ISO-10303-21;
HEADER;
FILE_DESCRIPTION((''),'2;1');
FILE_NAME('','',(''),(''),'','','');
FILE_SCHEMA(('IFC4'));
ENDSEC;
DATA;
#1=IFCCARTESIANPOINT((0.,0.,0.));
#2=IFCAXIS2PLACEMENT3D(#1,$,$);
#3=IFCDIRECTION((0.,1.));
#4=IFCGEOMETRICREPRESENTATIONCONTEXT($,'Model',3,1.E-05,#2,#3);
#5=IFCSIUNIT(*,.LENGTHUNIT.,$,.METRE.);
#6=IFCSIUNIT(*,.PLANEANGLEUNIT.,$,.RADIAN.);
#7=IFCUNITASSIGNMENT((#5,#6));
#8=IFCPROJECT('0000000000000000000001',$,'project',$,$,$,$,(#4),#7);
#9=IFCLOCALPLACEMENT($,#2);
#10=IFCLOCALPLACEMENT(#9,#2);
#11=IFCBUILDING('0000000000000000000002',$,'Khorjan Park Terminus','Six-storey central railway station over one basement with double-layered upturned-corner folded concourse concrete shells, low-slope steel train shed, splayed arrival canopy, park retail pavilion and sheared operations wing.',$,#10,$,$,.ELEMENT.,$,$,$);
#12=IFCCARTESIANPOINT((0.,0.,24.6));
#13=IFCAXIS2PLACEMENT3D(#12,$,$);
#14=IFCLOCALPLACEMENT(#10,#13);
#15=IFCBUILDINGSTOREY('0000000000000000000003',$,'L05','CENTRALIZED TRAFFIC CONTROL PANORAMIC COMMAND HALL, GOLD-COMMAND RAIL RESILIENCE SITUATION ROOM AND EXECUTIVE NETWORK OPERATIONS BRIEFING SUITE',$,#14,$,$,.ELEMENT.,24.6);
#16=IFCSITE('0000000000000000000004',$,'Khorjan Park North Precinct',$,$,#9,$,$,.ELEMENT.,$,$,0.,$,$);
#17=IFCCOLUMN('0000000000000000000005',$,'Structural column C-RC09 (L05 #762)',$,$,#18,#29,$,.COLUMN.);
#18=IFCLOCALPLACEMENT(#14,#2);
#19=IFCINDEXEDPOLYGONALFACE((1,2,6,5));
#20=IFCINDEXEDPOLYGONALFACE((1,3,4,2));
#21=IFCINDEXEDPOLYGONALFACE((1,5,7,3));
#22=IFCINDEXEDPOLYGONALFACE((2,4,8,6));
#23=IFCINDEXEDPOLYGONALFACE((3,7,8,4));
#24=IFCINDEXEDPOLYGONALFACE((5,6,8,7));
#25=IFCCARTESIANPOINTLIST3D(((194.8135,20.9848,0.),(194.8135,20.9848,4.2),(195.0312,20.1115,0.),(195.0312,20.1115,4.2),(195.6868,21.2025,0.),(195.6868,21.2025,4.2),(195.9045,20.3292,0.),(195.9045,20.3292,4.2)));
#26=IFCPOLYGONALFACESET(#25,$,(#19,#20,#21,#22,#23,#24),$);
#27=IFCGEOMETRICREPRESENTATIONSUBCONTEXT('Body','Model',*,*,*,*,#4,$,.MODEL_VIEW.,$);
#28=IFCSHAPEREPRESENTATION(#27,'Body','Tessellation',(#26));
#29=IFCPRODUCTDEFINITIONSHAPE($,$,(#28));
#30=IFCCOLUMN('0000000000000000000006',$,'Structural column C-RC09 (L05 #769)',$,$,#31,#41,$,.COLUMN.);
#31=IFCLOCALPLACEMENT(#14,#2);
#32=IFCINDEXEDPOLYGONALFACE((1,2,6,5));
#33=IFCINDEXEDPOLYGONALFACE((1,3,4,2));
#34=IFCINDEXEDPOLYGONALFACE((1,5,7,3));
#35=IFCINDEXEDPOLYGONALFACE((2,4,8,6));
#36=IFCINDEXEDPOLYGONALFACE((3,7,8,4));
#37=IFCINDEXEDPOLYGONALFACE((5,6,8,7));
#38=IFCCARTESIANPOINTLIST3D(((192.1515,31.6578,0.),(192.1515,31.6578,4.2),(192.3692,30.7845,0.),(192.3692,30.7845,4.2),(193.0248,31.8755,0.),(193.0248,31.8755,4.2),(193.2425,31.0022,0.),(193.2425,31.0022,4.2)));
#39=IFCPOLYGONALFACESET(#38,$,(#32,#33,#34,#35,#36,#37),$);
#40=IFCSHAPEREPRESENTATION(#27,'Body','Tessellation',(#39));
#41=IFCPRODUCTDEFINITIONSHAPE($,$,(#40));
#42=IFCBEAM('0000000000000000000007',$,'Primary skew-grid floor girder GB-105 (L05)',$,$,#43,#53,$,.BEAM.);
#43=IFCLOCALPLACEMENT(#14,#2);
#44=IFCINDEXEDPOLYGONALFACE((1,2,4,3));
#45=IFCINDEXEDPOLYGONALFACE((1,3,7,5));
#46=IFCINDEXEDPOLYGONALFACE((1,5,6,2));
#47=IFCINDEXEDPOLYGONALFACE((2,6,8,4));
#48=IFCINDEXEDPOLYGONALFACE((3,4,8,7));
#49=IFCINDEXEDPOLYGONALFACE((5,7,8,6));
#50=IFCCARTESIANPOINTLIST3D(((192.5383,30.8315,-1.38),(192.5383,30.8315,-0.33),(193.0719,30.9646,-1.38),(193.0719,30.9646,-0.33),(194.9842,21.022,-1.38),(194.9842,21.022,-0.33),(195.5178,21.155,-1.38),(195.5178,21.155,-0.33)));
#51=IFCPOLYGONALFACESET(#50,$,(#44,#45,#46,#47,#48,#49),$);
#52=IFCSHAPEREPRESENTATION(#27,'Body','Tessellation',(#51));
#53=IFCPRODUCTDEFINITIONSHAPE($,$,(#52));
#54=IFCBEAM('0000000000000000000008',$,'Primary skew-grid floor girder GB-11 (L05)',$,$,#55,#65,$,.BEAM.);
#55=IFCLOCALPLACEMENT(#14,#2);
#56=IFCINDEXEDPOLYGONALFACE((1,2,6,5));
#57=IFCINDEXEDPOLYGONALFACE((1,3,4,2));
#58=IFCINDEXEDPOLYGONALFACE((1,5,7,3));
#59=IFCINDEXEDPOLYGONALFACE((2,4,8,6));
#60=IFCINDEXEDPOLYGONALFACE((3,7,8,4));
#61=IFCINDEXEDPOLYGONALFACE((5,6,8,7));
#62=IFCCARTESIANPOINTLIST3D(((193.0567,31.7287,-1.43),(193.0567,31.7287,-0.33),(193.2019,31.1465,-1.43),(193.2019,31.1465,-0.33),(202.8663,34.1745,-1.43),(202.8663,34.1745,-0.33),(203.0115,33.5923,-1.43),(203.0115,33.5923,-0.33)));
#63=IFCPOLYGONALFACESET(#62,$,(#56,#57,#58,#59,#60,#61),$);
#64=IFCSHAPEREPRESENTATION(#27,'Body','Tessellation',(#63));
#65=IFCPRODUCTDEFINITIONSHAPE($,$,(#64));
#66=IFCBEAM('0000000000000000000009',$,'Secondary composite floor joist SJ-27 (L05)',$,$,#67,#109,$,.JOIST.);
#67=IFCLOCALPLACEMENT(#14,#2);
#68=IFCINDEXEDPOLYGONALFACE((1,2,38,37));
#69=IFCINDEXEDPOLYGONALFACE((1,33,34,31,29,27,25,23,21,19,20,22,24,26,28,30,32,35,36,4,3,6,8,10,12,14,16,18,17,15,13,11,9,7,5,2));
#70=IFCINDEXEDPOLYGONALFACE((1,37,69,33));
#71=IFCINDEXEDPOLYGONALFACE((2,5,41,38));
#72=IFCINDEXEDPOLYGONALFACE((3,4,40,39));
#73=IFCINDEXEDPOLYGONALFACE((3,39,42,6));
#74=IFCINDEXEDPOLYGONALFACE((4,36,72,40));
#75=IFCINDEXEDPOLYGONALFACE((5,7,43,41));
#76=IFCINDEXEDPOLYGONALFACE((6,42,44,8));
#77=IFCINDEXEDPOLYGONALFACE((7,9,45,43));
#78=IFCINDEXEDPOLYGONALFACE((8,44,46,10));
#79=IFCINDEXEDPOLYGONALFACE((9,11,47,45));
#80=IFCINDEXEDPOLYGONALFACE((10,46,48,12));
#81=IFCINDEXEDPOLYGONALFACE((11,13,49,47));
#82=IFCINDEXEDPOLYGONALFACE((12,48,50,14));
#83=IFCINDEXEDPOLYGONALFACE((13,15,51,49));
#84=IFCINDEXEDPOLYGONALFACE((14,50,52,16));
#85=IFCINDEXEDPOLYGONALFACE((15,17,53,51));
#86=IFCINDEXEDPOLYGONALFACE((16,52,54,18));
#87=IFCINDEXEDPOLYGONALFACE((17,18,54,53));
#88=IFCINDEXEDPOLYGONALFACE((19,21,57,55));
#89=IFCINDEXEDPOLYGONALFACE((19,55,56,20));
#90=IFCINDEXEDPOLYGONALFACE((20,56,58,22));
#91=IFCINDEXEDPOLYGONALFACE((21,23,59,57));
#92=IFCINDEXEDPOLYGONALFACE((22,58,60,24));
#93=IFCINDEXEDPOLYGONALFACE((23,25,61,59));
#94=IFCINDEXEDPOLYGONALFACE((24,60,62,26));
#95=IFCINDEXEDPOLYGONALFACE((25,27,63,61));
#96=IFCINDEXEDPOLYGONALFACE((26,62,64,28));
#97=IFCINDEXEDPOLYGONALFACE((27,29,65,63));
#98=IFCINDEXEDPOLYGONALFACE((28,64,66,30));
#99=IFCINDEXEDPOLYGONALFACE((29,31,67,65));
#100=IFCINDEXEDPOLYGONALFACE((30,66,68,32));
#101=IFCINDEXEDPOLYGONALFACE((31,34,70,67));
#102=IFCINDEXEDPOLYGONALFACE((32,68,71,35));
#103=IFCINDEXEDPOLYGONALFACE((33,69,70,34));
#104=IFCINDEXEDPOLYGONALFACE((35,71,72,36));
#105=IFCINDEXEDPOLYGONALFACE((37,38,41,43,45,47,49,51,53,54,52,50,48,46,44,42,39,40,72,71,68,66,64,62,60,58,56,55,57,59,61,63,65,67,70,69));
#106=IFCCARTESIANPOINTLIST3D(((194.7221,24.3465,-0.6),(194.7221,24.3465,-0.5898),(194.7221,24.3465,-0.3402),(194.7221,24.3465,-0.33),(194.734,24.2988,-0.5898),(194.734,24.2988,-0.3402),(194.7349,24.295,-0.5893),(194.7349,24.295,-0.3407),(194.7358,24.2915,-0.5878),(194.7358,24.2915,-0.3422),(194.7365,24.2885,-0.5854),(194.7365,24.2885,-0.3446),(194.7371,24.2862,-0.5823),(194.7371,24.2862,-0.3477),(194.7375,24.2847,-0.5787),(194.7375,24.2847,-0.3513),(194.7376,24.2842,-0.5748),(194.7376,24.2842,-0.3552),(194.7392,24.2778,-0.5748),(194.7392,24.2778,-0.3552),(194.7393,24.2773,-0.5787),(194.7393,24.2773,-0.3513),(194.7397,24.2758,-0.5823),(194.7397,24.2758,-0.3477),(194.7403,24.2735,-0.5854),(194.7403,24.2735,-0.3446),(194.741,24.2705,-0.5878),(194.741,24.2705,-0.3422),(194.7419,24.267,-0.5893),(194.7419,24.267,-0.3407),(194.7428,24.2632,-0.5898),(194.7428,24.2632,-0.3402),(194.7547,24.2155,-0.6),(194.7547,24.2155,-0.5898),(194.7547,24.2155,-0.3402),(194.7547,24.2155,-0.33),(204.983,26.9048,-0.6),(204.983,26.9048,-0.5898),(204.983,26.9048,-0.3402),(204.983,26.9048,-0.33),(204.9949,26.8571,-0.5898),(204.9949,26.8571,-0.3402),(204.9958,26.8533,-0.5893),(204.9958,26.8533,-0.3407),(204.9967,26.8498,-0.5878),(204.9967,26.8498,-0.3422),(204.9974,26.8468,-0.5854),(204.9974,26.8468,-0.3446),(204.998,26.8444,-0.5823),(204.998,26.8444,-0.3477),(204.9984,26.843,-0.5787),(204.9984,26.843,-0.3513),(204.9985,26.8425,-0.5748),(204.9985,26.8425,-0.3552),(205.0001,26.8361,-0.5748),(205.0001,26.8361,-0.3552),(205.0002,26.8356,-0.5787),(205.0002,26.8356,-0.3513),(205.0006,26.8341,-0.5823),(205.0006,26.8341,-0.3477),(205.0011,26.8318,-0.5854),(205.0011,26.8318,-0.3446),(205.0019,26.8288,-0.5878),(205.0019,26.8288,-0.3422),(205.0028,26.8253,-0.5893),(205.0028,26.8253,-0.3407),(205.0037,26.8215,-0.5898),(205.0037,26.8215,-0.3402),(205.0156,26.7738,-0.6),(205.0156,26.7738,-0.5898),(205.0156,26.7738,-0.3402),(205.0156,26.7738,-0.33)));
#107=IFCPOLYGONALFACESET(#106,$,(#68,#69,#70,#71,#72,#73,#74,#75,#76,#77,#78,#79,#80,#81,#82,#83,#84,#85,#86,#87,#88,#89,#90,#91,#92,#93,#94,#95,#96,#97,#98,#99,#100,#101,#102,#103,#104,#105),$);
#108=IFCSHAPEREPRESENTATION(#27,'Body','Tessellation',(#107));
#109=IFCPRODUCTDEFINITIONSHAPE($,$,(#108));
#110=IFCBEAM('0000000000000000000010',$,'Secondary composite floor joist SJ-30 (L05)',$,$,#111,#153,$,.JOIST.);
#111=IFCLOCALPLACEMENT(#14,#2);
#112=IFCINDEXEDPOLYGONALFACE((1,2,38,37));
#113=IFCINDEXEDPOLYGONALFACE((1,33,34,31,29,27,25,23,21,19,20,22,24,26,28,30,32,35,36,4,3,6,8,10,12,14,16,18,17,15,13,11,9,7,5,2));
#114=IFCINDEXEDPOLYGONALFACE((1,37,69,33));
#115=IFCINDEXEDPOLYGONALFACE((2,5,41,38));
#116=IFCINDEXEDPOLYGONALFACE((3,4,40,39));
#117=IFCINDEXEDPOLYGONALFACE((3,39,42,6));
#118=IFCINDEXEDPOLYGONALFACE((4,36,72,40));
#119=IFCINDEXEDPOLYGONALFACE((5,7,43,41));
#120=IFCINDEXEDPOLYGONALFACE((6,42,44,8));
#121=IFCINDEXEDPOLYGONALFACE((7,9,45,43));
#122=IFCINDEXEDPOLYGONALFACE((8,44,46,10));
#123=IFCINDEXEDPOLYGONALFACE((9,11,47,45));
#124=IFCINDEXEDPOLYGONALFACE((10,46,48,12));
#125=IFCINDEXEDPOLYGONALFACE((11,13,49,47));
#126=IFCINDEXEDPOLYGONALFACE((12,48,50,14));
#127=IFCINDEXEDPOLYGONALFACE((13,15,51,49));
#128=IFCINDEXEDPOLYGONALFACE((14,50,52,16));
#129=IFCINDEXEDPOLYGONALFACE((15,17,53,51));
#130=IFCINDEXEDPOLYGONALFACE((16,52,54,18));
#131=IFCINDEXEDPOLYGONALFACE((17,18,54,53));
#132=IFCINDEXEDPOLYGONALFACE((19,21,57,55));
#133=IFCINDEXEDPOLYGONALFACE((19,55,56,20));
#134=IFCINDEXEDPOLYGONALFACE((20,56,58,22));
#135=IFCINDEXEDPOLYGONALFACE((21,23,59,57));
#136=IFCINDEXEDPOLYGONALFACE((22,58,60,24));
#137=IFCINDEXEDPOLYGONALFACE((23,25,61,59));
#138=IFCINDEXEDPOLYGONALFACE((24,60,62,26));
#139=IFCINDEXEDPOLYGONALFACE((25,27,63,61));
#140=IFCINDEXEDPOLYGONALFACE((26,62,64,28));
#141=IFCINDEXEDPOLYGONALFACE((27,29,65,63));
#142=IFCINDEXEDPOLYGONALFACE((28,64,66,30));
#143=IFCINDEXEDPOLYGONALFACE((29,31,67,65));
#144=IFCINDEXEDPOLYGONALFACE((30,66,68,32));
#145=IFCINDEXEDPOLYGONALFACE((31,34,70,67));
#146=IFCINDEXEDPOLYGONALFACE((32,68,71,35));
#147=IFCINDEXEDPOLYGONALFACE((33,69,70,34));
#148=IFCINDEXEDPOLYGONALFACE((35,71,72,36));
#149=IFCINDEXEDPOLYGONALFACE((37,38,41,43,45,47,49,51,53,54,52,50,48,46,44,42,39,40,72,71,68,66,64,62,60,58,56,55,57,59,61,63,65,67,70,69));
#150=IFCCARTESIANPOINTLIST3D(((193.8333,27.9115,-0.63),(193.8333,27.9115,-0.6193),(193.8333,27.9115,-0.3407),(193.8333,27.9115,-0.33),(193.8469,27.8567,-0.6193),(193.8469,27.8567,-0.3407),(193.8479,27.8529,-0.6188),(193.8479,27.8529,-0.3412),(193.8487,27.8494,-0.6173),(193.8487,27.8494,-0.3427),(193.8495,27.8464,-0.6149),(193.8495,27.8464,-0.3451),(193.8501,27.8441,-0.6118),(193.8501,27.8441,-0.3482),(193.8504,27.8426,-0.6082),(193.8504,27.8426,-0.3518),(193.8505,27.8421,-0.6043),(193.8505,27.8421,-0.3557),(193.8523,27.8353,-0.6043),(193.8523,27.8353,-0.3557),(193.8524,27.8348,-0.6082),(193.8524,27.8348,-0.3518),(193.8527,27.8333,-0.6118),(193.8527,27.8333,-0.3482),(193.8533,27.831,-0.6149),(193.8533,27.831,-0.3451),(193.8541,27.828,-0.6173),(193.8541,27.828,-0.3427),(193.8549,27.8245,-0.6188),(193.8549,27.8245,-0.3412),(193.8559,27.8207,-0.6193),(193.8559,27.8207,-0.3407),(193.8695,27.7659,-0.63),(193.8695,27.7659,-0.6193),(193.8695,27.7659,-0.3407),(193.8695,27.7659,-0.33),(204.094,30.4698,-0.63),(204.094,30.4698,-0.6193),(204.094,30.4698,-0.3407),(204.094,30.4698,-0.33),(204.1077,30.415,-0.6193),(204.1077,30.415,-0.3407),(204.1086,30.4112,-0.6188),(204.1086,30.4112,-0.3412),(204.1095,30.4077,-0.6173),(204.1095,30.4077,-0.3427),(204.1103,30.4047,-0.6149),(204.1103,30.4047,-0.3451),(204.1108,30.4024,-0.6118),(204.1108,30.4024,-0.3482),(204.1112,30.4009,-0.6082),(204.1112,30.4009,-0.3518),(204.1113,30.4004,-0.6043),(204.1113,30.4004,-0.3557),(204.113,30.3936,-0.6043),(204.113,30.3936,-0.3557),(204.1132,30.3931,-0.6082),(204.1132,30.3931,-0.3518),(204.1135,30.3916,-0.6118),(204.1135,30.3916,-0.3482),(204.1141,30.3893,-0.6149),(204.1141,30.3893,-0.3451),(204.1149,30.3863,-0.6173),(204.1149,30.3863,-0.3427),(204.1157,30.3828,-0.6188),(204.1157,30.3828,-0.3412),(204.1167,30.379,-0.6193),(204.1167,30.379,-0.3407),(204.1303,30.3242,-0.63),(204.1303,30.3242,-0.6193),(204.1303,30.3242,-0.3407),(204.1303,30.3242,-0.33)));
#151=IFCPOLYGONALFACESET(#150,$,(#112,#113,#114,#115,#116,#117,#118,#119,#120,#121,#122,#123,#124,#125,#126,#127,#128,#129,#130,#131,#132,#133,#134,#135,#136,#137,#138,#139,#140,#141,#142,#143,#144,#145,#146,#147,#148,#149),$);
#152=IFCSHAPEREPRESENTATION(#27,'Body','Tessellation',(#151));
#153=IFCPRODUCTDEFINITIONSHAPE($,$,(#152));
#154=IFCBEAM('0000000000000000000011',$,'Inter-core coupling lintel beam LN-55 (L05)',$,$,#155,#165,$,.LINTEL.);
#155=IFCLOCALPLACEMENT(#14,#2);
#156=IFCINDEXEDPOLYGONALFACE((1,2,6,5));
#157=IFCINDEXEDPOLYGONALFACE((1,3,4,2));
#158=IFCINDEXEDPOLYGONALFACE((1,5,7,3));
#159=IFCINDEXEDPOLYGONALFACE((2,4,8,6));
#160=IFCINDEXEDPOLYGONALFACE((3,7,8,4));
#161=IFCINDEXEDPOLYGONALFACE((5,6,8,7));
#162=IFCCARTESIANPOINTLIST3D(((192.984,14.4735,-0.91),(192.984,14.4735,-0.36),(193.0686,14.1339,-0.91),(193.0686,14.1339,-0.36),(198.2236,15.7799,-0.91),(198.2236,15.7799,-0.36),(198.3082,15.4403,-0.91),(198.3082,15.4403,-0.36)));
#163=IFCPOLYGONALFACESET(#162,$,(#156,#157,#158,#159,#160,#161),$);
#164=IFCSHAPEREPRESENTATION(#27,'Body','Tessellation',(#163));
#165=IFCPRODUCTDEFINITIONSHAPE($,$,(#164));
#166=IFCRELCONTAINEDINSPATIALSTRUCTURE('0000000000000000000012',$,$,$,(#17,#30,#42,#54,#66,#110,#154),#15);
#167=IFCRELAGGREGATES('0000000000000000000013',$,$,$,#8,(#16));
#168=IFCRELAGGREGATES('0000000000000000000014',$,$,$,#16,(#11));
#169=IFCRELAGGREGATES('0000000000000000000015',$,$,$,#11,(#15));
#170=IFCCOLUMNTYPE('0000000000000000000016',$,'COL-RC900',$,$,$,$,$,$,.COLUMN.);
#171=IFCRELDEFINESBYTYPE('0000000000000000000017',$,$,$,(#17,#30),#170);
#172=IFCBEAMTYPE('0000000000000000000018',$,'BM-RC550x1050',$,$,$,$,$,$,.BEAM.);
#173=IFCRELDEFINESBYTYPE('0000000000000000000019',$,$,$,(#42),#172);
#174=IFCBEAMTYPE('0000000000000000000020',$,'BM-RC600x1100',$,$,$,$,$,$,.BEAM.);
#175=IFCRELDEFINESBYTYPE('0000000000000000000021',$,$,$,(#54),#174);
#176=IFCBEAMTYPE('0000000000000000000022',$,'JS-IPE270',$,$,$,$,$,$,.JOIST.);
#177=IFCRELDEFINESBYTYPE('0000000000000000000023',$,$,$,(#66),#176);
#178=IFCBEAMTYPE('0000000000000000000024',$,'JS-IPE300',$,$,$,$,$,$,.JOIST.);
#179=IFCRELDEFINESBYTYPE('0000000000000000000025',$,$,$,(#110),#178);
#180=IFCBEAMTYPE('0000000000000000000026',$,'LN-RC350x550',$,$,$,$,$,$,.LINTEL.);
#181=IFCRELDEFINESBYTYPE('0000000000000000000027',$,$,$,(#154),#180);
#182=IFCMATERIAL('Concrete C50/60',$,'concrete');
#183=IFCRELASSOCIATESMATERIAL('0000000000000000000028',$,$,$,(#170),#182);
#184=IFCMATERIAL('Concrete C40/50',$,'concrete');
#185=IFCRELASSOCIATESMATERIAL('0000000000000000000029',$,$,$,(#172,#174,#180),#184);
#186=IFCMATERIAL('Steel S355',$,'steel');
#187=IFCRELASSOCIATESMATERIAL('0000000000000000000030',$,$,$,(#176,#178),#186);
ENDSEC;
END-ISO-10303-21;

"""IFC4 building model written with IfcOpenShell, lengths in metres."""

from ifc_helpers import new_model, si_unit, direction, frame, origin, origin_2d, place, context, subcontext, project, spatial, rectangle, i_section, extrude, material, material_profile, profile_set, type_object, element, save


model = new_model("IFC4")

# Units and contexts
model_context = context("Model", 3, precision=1e-05, world=origin(), true_north=direction((0.0, 1.0)))
body_context = subcontext(model_context, "Body", "Model", "MODEL_VIEW")
ifc_project = project(units=[si_unit("LENGTHUNIT", "METRE"), si_unit("PLANEANGLEUNIT", "RADIAN")], contexts=[model_context])

# Site, building, storey
site_placement = place(None, origin())
site = spatial("IfcSite", under=ifc_project, at=site_placement, Name="Khorjan Park North Precinct", CompositionType="ELEMENT", RefElevation=0.0)
building_placement = place(site_placement, origin())
building = spatial("IfcBuilding", under=site, at=building_placement, Name="Khorjan Park Terminus", Description="Six-storey central railway station over one basement with double-layered upturned-corner folded concourse concrete shells, low-slope steel train shed, splayed arrival canopy, park retail pavilion and sheared operations wing.", CompositionType="ELEMENT")
storey_placement = place(building_placement, frame((0.0, 0.0, 24.6)))
storey = spatial("IfcBuildingStorey", under=building, at=storey_placement, Name="L05", Description="CENTRALIZED TRAFFIC CONTROL PANORAMIC COMMAND HALL, GOLD-COMMAND RAIL RESILIENCE SITUATION ROOM AND EXECUTIVE NETWORK OPERATIONS BRIEFING SUITE", CompositionType="ELEMENT", Elevation=24.6)

# Columns
ifc_material_1 = material(Name="Concrete C50/60", Category="concrete")
ifc_material_profile_1 = material_profile(ifc_material_1, rectangle(XDim=0.9, YDim=0.9, at=origin_2d()), Name="RC 900x900")
ifc_profile_set_1 = profile_set([ifc_material_profile_1], Name="Concrete C50/60")
column_type = type_object("IfcColumnType", Name="COL-RC900", PredefinedType="COLUMN", material=ifc_profile_set_1)
for number, where, z_axis, x_axis, name in (
    (1, (195.359, 20.657, 0.0), (0.0, 0.0, 1.0), (0.970296, 0.241922, 0.0), "Structural column C-RC09 (L05 #762)"),
    (2, (192.697, 31.33, 0.0), (0.0, 0.0, 1.0), (0.970296, 0.241922, 0.0), "Structural column C-RC09 (L05 #769)"),
):
    element("IfcColumn", number, at=place(storey_placement, frame(where, z_axis=z_axis, x_axis=x_axis)), inside=storey, type_object=column_type, Name=name, PredefinedType="COLUMN", context=body_context, shape_type="SweptSolid", body=[
        extrude(rectangle(XDim=0.9, YDim=0.9, at=origin_2d()), origin(), (0.0, 0.0, 1.0), 4.2),
    ])

# Beams
ifc_material_2 = material(Name="Concrete C40/50", Category="concrete")
ifc_material_profile_2 = material_profile(ifc_material_2, rectangle(XDim=0.55, YDim=1.05, at=origin_2d()), Name="RC 550x1050")
ifc_profile_set_2 = profile_set([ifc_material_profile_2], Name="Concrete C40/50")
beam_type_1 = type_object("IfcBeamType", Name="BM-RC550x1050", PredefinedType="BEAM", material=ifc_profile_set_2)
beam_1_placement = place(storey_placement, frame((195.251, 21.0885, -0.855), z_axis=(-0.24193, 0.970294, 0.0), x_axis=(-0.970294, -0.24193, 0.0)))
element("IfcBeam", 3, at=beam_1_placement, inside=storey, type_object=beam_type_1, Name="Primary skew-grid floor girder GB-105 (L05)", PredefinedType="BEAM", context=body_context, shape_type="SweptSolid", body=[
    extrude(rectangle(XDim=0.55, YDim=1.05, at=origin_2d()), origin(), (0.0, 0.0, 1.0), 10.1099),
])
ifc_material_profile_3 = material_profile(ifc_material_2, rectangle(XDim=0.6, YDim=1.1, at=origin_2d()), Name="RC 600x1100")
ifc_profile_set_3 = profile_set([ifc_material_profile_3], Name="Concrete C40/50")
beam_type_2 = type_object("IfcBeamType", Name="BM-RC600x1100", PredefinedType="BEAM", material=ifc_profile_set_3)
beam_2_placement = place(storey_placement, frame((193.1293, 31.4376, -0.88), z_axis=(0.970296, 0.241921, 0.0), x_axis=(-0.241921, 0.970296, 0.0)))
element("IfcBeam", 4, at=beam_2_placement, inside=storey, type_object=beam_type_2, Name="Primary skew-grid floor girder GB-11 (L05)", PredefinedType="BEAM", context=body_context, shape_type="SweptSolid", body=[
    extrude(rectangle(XDim=0.6, YDim=1.1, at=origin_2d()), origin(), (0.0, 0.0, 1.0), 10.1099),
])
ifc_material_3 = material(Name="Steel S355", Category="steel")
ifc_material_profile_4 = material_profile(ifc_material_3, i_section(OverallWidth=0.135, OverallDepth=0.27, WebThickness=0.0066, FlangeThickness=0.0102, FilletRadius=0.015, at=origin_2d()), Name="IPE 270")
ifc_profile_set_4 = profile_set([ifc_material_profile_4], Name="Steel S355")
beam_type_3 = type_object("IfcBeamType", Name="JS-IPE270", PredefinedType="JOIST", material=ifc_profile_set_4)
beam_3_placement = place(storey_placement, frame((194.7384, 24.281, -0.465), z_axis=(0.970296, 0.241919, 0.0), x_axis=(-0.241919, 0.970296, 0.0)))
element("IfcBeam", 5, at=beam_3_placement, inside=storey, type_object=beam_type_3, Name="Secondary composite floor joist SJ-27 (L05)", PredefinedType="JOIST", context=body_context, shape_type="SweptSolid", body=[
    extrude(i_section(OverallWidth=0.135, OverallDepth=0.27, WebThickness=0.0066, FlangeThickness=0.0102, FilletRadius=0.015, at=origin_2d()), origin(), (0.0, 0.0, 1.0), 10.575),
])
ifc_material_profile_5 = material_profile(ifc_material_3, i_section(OverallWidth=0.15, OverallDepth=0.3, WebThickness=0.0071, FlangeThickness=0.0107, FilletRadius=0.015, at=origin_2d()), Name="IPE 300")
ifc_profile_set_5 = profile_set([ifc_material_profile_5], Name="Steel S355")
beam_type_4 = type_object("IfcBeamType", Name="JS-IPE300", PredefinedType="JOIST", material=ifc_profile_set_5)
beam_4_placement = place(storey_placement, frame((193.8514, 27.8387, -0.48), z_axis=(0.970296, 0.241921, 0.0), x_axis=(-0.241921, 0.970296, 0.0)))
element("IfcBeam", 6, at=beam_4_placement, inside=storey, type_object=beam_type_4, Name="Secondary composite floor joist SJ-30 (L05)", PredefinedType="JOIST", context=body_context, shape_type="SweptSolid", body=[
    extrude(i_section(OverallWidth=0.15, OverallDepth=0.3, WebThickness=0.0071, FlangeThickness=0.0107, FilletRadius=0.015, at=origin_2d()), origin(), (0.0, 0.0, 1.0), 10.5749),
])
ifc_material_profile_6 = material_profile(ifc_material_2, rectangle(XDim=0.35, YDim=0.55, at=origin_2d()), Name="RC 350x550")
ifc_profile_set_6 = profile_set([ifc_material_profile_6], Name="Concrete C40/50")
beam_type_5 = type_object("IfcBeamType", Name="LN-RC350x550", PredefinedType="LINTEL", material=ifc_profile_set_6)
beam_5_placement = place(storey_placement, frame((193.0263, 14.3037, -0.635), z_axis=(0.970295, 0.241926, 0.0), x_axis=(-0.241926, 0.970295, 0.0)))
element("IfcBeam", 7, at=beam_5_placement, inside=storey, type_object=beam_type_5, Name="Inter-core coupling lintel beam LN-55 (L05)", PredefinedType="LINTEL", context=body_context, shape_type="SweptSolid", body=[
    extrude(rectangle(XDim=0.35, YDim=0.55, at=origin_2d()), origin(), (0.0, 0.0, 1.0), 5.4),
])

save(model, "model.ifc")
